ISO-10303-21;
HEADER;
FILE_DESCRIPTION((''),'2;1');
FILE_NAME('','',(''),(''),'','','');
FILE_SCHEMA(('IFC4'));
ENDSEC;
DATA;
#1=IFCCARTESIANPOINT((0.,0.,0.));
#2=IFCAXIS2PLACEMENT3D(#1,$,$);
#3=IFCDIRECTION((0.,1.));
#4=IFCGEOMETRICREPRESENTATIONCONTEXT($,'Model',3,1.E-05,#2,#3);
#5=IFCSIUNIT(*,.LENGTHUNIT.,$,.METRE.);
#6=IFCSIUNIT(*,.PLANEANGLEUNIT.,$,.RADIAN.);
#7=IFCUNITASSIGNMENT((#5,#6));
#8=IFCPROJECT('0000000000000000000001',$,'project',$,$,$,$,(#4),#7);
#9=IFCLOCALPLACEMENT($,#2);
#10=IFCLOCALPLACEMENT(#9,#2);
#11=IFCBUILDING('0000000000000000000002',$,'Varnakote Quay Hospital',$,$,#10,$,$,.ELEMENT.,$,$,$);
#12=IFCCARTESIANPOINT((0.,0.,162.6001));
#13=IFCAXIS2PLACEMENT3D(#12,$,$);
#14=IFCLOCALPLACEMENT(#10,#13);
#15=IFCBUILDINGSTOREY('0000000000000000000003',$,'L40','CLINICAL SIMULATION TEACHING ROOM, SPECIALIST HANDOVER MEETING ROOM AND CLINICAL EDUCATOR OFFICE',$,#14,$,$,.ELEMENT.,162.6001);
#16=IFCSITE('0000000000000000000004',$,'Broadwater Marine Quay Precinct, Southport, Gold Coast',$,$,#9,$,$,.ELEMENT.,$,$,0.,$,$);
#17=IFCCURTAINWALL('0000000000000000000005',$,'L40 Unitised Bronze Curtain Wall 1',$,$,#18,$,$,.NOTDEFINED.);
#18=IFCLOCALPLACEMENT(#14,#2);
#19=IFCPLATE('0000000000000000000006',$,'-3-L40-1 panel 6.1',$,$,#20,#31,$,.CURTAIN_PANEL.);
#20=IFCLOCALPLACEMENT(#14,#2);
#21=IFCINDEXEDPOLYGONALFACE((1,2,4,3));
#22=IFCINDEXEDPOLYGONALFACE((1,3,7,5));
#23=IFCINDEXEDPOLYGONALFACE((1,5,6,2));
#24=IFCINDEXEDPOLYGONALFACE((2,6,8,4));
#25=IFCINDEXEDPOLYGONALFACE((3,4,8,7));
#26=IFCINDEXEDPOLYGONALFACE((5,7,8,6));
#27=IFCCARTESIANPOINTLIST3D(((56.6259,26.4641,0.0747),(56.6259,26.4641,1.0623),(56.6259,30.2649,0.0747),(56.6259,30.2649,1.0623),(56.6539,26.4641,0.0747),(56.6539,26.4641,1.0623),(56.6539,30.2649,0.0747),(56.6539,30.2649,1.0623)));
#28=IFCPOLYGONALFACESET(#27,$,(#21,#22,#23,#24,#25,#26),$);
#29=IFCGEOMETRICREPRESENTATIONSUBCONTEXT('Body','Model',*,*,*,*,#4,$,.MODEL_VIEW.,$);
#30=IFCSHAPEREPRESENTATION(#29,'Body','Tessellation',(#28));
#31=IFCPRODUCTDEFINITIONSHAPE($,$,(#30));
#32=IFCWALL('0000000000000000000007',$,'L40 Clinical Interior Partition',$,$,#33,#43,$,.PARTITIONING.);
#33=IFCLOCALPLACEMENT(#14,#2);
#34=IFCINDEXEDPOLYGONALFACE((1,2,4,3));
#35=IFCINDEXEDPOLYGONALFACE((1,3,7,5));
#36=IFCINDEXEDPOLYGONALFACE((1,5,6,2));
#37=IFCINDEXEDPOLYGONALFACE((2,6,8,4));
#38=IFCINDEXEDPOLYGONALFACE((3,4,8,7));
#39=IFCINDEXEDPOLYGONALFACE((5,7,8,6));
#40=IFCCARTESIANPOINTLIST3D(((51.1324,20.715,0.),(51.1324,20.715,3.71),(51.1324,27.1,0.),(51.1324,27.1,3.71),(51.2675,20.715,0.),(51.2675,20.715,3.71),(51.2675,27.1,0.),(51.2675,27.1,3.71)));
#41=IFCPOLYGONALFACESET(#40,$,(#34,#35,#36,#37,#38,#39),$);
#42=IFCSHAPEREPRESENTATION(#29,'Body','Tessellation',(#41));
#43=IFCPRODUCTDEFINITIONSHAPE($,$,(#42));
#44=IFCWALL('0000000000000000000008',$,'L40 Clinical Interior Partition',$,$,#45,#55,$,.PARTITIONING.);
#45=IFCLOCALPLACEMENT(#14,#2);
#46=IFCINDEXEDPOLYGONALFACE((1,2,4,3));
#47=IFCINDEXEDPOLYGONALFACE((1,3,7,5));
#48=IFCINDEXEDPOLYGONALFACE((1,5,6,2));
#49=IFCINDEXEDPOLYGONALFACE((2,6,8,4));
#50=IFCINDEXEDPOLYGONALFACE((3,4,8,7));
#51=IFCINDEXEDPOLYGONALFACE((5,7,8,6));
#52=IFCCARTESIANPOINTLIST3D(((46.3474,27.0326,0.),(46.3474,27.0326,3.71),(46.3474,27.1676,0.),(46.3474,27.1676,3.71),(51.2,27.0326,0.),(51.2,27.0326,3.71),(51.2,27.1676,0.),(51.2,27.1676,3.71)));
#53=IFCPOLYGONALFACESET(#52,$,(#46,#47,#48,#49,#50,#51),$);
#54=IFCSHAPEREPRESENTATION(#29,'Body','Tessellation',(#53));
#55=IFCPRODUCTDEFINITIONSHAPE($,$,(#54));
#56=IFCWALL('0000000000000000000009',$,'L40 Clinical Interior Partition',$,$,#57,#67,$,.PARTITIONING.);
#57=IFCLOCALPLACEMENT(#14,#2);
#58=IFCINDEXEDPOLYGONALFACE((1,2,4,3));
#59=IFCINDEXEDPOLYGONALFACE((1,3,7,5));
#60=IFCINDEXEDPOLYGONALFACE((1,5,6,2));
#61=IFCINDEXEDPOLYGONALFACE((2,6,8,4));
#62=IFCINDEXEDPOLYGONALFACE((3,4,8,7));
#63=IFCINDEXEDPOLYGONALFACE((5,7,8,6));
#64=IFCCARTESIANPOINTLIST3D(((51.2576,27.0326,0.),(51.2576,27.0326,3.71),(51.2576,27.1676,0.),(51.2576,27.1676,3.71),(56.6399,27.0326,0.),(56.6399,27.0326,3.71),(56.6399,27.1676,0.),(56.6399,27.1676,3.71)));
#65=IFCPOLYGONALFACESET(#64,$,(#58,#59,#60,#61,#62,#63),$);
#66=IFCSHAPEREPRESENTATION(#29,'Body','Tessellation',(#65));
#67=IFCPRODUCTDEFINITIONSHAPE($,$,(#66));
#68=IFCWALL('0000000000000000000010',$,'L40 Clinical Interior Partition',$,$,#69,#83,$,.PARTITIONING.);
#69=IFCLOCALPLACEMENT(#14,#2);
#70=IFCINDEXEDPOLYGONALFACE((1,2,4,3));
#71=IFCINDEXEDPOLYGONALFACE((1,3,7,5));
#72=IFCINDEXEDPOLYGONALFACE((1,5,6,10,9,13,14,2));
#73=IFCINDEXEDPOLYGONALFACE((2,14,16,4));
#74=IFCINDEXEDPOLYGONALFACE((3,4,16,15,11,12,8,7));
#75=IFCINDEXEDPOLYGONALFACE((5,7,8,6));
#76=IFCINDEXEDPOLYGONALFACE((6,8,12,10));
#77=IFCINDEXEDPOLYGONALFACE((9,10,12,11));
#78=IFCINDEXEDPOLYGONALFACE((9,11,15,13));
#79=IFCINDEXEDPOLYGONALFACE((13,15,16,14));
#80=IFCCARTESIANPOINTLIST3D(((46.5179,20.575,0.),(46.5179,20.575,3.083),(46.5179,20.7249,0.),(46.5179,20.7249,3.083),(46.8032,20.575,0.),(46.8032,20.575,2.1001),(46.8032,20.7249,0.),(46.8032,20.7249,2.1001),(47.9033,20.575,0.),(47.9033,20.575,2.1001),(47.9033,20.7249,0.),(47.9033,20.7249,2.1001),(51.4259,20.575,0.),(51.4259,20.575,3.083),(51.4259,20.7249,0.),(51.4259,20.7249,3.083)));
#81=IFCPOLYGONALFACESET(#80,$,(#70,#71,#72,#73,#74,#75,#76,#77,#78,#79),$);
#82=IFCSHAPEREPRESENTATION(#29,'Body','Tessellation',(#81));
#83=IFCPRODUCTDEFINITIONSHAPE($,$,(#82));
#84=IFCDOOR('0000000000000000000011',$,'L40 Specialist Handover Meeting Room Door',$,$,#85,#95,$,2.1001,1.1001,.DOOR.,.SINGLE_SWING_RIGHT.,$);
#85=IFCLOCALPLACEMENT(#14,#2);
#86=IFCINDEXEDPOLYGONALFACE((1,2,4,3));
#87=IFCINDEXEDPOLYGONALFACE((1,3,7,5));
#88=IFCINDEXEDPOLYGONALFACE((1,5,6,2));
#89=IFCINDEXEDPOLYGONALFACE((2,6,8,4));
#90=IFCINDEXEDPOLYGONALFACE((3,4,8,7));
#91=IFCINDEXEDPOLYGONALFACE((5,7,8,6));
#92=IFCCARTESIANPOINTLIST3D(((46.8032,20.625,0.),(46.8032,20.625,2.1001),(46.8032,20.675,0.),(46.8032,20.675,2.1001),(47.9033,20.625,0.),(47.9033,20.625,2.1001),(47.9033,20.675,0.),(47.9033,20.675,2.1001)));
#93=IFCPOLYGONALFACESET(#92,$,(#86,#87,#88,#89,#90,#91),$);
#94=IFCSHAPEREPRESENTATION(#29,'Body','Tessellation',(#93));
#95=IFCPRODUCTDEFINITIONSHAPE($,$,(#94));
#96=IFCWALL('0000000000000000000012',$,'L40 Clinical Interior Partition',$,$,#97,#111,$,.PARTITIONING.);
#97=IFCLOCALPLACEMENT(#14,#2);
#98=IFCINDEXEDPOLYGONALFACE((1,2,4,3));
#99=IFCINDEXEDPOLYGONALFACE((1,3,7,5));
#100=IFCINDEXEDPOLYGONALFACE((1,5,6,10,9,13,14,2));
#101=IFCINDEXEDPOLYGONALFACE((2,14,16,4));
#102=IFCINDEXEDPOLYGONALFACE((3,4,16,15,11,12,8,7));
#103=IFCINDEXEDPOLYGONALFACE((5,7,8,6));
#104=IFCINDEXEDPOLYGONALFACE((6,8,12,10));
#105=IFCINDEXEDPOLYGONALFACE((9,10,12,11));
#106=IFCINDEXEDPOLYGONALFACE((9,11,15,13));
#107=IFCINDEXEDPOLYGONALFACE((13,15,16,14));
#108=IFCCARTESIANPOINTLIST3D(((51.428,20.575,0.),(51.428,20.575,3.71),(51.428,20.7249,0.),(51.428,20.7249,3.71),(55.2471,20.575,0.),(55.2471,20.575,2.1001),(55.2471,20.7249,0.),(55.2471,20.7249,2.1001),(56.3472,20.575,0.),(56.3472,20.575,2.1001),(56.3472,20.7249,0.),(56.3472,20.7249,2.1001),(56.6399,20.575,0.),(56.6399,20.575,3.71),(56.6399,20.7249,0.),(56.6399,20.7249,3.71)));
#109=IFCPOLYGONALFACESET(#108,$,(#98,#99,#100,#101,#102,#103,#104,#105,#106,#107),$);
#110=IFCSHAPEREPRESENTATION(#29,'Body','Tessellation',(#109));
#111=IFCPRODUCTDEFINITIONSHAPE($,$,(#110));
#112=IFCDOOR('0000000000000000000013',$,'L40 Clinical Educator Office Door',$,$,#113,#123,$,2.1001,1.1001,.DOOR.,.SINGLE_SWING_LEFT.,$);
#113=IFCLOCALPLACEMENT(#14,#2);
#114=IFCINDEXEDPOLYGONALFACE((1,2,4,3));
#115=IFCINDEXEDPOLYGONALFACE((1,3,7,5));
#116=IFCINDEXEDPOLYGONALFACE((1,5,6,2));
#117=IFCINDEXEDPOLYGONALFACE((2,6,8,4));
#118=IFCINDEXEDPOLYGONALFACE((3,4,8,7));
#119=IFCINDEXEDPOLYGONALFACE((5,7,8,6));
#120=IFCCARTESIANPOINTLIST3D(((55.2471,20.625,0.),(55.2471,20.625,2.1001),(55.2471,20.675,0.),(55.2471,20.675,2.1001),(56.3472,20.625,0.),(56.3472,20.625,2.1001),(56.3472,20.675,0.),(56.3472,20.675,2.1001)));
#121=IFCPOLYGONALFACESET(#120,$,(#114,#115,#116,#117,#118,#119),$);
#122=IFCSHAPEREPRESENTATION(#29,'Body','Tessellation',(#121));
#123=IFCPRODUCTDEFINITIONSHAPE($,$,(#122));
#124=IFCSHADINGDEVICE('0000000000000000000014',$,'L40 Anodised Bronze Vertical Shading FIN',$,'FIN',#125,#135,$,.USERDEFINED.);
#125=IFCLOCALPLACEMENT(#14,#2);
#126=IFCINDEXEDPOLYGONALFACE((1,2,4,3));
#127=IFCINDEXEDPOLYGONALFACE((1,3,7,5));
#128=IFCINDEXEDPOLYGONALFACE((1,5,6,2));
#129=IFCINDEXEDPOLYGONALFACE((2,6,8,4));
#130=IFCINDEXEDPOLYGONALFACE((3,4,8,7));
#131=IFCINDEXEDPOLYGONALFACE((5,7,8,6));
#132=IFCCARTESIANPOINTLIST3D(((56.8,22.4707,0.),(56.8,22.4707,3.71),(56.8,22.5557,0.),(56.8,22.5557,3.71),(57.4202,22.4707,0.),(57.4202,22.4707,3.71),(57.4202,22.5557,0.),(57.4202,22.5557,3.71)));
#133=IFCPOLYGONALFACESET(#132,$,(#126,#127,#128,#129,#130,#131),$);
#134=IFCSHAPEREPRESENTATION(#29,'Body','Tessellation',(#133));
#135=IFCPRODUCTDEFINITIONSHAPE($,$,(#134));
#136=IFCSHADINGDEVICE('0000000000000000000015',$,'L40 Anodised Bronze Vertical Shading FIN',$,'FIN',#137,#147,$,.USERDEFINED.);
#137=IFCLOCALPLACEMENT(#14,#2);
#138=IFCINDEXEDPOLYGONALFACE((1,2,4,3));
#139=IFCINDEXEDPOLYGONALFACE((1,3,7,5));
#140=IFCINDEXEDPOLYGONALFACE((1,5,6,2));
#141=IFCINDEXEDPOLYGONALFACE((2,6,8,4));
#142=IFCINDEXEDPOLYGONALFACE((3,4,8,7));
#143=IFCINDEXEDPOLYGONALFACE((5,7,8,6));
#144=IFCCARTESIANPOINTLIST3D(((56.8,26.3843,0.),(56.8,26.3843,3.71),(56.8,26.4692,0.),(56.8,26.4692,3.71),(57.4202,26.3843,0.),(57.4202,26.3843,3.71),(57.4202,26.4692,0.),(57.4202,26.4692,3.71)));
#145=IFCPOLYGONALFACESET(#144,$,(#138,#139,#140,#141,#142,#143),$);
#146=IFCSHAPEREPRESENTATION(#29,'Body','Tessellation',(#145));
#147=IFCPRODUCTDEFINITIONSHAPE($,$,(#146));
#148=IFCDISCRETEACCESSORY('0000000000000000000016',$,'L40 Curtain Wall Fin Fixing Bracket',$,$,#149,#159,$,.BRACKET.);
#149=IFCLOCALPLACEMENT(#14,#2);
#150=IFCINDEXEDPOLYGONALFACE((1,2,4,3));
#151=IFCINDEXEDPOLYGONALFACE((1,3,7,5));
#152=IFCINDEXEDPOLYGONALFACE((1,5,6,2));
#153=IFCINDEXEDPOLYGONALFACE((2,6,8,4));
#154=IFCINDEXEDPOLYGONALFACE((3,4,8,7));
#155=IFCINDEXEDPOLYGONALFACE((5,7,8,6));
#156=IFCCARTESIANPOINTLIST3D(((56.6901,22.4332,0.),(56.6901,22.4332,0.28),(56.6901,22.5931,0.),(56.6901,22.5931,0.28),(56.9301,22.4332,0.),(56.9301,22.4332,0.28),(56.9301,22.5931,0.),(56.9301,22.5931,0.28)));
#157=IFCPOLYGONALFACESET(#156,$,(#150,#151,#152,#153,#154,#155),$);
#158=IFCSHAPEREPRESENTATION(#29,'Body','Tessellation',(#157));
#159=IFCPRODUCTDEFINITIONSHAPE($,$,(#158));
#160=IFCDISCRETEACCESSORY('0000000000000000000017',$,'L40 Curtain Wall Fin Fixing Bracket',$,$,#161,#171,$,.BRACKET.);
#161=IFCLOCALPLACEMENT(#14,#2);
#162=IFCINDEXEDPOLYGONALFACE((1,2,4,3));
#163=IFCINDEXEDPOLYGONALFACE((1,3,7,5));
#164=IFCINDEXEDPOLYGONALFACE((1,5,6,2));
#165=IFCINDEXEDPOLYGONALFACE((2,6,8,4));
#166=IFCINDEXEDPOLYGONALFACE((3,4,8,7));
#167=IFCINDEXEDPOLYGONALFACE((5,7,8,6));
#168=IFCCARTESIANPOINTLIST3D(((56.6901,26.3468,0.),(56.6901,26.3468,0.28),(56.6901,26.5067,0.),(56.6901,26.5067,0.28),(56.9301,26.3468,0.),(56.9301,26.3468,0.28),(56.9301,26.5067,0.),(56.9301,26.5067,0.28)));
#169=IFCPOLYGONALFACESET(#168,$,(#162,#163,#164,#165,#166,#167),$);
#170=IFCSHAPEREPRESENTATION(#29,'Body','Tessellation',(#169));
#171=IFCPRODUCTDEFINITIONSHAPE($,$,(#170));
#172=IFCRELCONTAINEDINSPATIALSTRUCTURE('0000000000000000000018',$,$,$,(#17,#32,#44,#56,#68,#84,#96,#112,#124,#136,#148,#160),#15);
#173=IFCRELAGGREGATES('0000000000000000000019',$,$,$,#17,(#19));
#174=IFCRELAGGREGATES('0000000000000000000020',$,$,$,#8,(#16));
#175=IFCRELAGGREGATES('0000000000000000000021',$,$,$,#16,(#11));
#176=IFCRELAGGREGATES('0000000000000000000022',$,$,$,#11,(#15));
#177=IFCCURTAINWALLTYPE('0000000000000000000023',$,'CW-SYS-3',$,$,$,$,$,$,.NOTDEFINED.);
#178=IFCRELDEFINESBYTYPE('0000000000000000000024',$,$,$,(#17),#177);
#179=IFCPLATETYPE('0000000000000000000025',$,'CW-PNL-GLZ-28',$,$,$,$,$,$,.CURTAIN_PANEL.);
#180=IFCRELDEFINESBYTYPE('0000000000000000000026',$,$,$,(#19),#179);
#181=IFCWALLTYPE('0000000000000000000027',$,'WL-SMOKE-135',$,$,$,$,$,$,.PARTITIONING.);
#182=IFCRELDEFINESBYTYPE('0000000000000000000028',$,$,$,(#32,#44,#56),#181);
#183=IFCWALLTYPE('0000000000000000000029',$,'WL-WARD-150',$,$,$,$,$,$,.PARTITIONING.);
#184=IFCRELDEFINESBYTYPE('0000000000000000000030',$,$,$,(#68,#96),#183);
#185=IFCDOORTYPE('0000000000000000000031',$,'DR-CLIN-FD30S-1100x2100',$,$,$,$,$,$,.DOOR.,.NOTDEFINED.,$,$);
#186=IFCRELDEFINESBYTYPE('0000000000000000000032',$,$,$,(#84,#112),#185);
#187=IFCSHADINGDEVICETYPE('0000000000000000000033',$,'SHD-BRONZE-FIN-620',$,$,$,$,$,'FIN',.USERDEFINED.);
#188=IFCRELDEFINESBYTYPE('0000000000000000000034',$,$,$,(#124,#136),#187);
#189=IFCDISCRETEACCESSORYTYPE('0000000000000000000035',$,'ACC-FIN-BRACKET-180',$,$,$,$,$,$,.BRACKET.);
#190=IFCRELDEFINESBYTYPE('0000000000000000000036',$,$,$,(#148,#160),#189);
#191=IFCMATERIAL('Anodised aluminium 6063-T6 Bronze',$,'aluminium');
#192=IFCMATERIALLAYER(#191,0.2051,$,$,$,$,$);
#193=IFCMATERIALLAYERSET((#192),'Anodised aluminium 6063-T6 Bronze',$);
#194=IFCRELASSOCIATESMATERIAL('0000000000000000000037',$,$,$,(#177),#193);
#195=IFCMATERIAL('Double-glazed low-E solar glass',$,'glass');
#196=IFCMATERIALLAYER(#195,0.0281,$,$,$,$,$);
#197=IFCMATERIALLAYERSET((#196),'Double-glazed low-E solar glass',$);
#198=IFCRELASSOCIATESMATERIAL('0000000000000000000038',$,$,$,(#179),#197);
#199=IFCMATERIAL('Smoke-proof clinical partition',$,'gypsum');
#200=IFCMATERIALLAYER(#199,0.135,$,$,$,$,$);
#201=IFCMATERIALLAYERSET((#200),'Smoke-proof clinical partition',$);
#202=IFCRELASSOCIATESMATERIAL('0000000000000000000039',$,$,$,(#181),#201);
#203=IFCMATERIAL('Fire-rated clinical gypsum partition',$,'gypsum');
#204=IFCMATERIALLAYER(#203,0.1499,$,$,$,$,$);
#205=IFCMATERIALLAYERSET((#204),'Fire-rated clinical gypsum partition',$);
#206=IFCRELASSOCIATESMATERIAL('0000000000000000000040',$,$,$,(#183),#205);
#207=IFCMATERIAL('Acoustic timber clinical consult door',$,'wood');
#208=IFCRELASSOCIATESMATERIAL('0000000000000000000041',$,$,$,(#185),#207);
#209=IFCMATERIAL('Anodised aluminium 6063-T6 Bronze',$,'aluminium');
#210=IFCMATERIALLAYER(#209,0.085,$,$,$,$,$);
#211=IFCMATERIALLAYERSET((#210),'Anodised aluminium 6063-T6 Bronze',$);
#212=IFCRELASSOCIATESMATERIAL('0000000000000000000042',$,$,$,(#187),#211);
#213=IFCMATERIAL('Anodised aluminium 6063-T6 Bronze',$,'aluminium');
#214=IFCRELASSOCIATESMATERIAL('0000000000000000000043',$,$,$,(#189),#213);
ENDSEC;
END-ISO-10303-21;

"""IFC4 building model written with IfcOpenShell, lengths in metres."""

from ifc_helpers import new_model, si_unit, direction, frame, frame_2d, origin, origin_2d, place, context, subcontext, project, spatial, rectangle, extrude, material, layer, layer_set, type_object, element, fill, aggregate, save


model = new_model("IFC4")

# Units and contexts
model_context = context("Model", 3, precision=1e-05, world=origin(), true_north=direction((0.0, 1.0)))
body_context = subcontext(model_context, "Body", "Model", "MODEL_VIEW")
ifc_project = project(units=[si_unit("LENGTHUNIT", "METRE"), si_unit("PLANEANGLEUNIT", "RADIAN")], contexts=[model_context])

# Site, building, storey
site_placement = place(None, origin())
site = spatial("IfcSite", under=ifc_project, at=site_placement, Name="Broadwater Marine Quay Precinct, Southport, Gold Coast", CompositionType="ELEMENT", RefElevation=0.0)
building_placement = place(site_placement, origin())
building = spatial("IfcBuilding", under=site, at=building_placement, Name="Varnakote Quay Hospital", CompositionType="ELEMENT")
storey_placement = place(building_placement, frame((0.0, 0.0, 162.6001)))
storey = spatial("IfcBuildingStorey", under=building, at=storey_placement, Name="L40", Description="CLINICAL SIMULATION TEACHING ROOM, SPECIALIST HANDOVER MEETING ROOM AND CLINICAL EDUCATOR OFFICE", CompositionType="ELEMENT", Elevation=162.6001)

# Curtain wall, plate
ifc_material_1 = material(Name="Anodised aluminium 6063-T6 Bronze", Category="aluminium")
ifc_layer_1 = layer(ifc_material_1, 0.2051)
ifc_layer_set_1 = layer_set([ifc_layer_1], Name="Anodised aluminium 6063-T6 Bronze")
curtain_wall_type = type_object("IfcCurtainWallType", Name="CW-SYS-3", PredefinedType="NOTDEFINED", material=ifc_layer_set_1)
curtain_wall_placement = place(storey_placement, origin())
curtain_wall = element("IfcCurtainWall", 1, at=curtain_wall_placement, inside=storey, type_object=curtain_wall_type, Name="L40 Unitised Bronze Curtain Wall 1", PredefinedType="NOTDEFINED")
ifc_material_2 = material(Name="Double-glazed low-E solar glass", Category="glass")
ifc_layer_2 = layer(ifc_material_2, 0.0281)
ifc_layer_set_2 = layer_set([ifc_layer_2], Name="Double-glazed low-E solar glass")
plate_type = type_object("IfcPlateType", Name="CW-PNL-GLZ-28", PredefinedType="CURTAIN_PANEL", material=ifc_layer_set_2)
plate_1_placement = place(storey_placement, frame((56.6399, 28.3645, 0.0747), z_axis=(0.0, 0.0, 1.0), x_axis=(0.0, 1.0, 0.0)))
plate_1 = element("IfcPlate", 2, at=plate_1_placement, type_object=plate_type, Name="-3-L40-1 panel 6.1", PredefinedType="CURTAIN_PANEL", context=body_context, shape_type="SweptSolid", body=[
    extrude(rectangle(XDim=3.8008, YDim=0.0281, at=origin_2d()), origin(), (0.0, 0.0, 1.0), 0.9875),
])
aggregate(curtain_wall, [plate_1])

# Walls
ifc_material_3 = material(Name="Smoke-proof clinical partition", Category="gypsum")
ifc_layer_3 = layer(ifc_material_3, 0.135)
ifc_layer_set_3 = layer_set([ifc_layer_3], Name="Smoke-proof clinical partition")
wall_type_1 = type_object("IfcWallType", Name="WL-SMOKE-135", PredefinedType="PARTITIONING", material=ifc_layer_set_3)
wall_1_placement = place(storey_placement, frame((51.2, 20.7151, 0.0), z_axis=(0.0, 0.0, 1.0), x_axis=(0.0, 1.0, 0.0)))
element("IfcWall", 3, at=wall_1_placement, inside=storey, type_object=wall_type_1, Name="L40 Clinical Interior Partition", PredefinedType="PARTITIONING", context=body_context, shape_type="SweptSolid", body=[
    extrude(rectangle(XDim=6.385, YDim=0.135, at=frame_2d((3.1924, 0.0))), origin(), (0.0, 0.0, 1.0), 3.71),
])
wall_2_placement = place(storey_placement, frame((51.2, 27.1001, 0.0), z_axis=(0.0, 0.0, 1.0), x_axis=(-1.0, 0.0, 0.0)))
element("IfcWall", 4, at=wall_2_placement, inside=storey, type_object=wall_type_1, Name="L40 Clinical Interior Partition", PredefinedType="PARTITIONING", context=body_context, shape_type="SweptSolid", body=[
    extrude(rectangle(XDim=4.8525, YDim=0.135, at=frame_2d((2.4263, 0.0))), origin(), (0.0, 0.0, 1.0), 3.71),
])
wall_3_placement = place(storey_placement, frame((56.6399, 27.1001, 0.0), z_axis=(0.0, 0.0, 1.0), x_axis=(-1.0, 0.0, 0.0)))
element("IfcWall", 5, at=wall_3_placement, inside=storey, type_object=wall_type_1, Name="L40 Clinical Interior Partition", PredefinedType="PARTITIONING", context=body_context, shape_type="SweptSolid", body=[
    extrude(rectangle(XDim=5.3823, YDim=0.135, at=frame_2d((2.6912, 0.0))), origin(), (0.0, 0.0, 1.0), 3.71),
])

# Walls, openings, doors
ifc_material_4 = material(Name="Fire-rated clinical gypsum partition", Category="gypsum")
ifc_layer_4 = layer(ifc_material_4, 0.1499)
ifc_layer_set_4 = layer_set([ifc_layer_4], Name="Fire-rated clinical gypsum partition")
wall_type_2 = type_object("IfcWallType", Name="WL-WARD-150", PredefinedType="PARTITIONING", material=ifc_layer_set_4)
wall_4_placement = place(storey_placement, frame((51.426, 20.6499, 0.0), z_axis=(0.0, 0.0, 1.0), x_axis=(-1.0, 0.0, 0.0)))
wall_4 = element("IfcWall", 6, at=wall_4_placement, inside=storey, type_object=wall_type_2, Name="L40 Clinical Interior Partition", PredefinedType="PARTITIONING", context=body_context, shape_type="SweptSolid", body=[
    extrude(rectangle(XDim=4.908, YDim=0.1499, at=frame_2d((2.4541, 0.0))), origin(), (0.0, 0.0, 1.0), 3.083),
])
opening_1_placement = place(wall_4_placement, frame((3.5227, 0.0, 0.0)))
opening_1 = element("IfcOpeningElement", 7, at=opening_1_placement, cuts=wall_4, PredefinedType="OPENING", context=body_context, shape_type="SweptSolid", body=[
    extrude(rectangle(XDim=1.1001, YDim=2.1001, at=frame_2d((0.55, 1.05))), frame((0.0, 0.085, 0.0), z_axis=(0.0, -1.0, 0.0), x_axis=(1.0, 0.0, 0.0)), (0.0, 0.0, 1.0), 0.1699),
])
ifc_material_5 = material(Name="Acoustic timber clinical consult door", Category="wood")
door_type = type_object("IfcDoorType", Name="DR-CLIN-FD30S-1100x2100", OperationType="NOTDEFINED", PredefinedType="DOOR", material=ifc_material_5)
door_1_placement = place(opening_1_placement, origin())
door_1 = element("IfcDoor", 8, at=door_1_placement, inside=storey, type_object=door_type, Name="L40 Specialist Handover Meeting Room Door", OperationType="SINGLE_SWING_RIGHT", OverallHeight=2.1001, OverallWidth=1.1001, PredefinedType="DOOR", context=body_context, shape_type="SweptSolid", body=[
    extrude(rectangle(XDim=1.1001, YDim=2.1001, at=frame_2d((0.55, 1.05))), frame((0.0, 0.0249, 0.0), z_axis=(0.0, -1.0, 0.0), x_axis=(1.0, 0.0, 0.0)), (0.0, 0.0, 1.0), 0.05),
])
fill(opening_1, door_1)
wall_5_placement = place(storey_placement, frame((56.6399, 20.6499, 0.0), z_axis=(0.0, 0.0, 1.0), x_axis=(-1.0, 0.0, 0.0)))
wall_5 = element("IfcWall", 9, at=wall_5_placement, inside=storey, type_object=wall_type_2, Name="L40 Clinical Interior Partition", PredefinedType="PARTITIONING", context=body_context, shape_type="SweptSolid", body=[
    extrude(rectangle(XDim=5.2119, YDim=0.1499, at=frame_2d((2.606, 0.0))), origin(), (0.0, 0.0, 1.0), 3.71),
])
opening_2_placement = place(wall_5_placement, frame((0.2927, 0.0, 0.0)))
opening_2 = element("IfcOpeningElement", 10, at=opening_2_placement, cuts=wall_5, PredefinedType="OPENING", context=body_context, shape_type="SweptSolid", body=[
    extrude(rectangle(XDim=1.1001, YDim=2.1001, at=frame_2d((0.55, 1.05))), frame((0.0, 0.085, 0.0), z_axis=(0.0, -1.0, 0.0), x_axis=(1.0, 0.0, 0.0)), (0.0, 0.0, 1.0), 0.1699),
])
door_2_placement = place(opening_2_placement, origin())
door_2 = element("IfcDoor", 11, at=door_2_placement, inside=storey, type_object=door_type, Name="L40 Clinical Educator Office Door", OperationType="SINGLE_SWING_LEFT", OverallHeight=2.1001, OverallWidth=1.1001, PredefinedType="DOOR", context=body_context, shape_type="SweptSolid", body=[
    extrude(rectangle(XDim=1.1001, YDim=2.1001, at=frame_2d((0.55, 1.05))), frame((0.0, 0.0249, 0.0), z_axis=(0.0, -1.0, 0.0), x_axis=(1.0, 0.0, 0.0)), (0.0, 0.0, 1.0), 0.05),
])
fill(opening_2, door_2)

# Shading devices
ifc_material_6 = material(Name="Anodised aluminium 6063-T6 Bronze", Category="aluminium")
ifc_layer_5 = layer(ifc_material_6, 0.085)
ifc_layer_set_5 = layer_set([ifc_layer_5], Name="Anodised aluminium 6063-T6 Bronze")
shading_device_type = type_object("IfcShadingDeviceType", Name="SHD-BRONZE-FIN-620", ElementType="FIN", PredefinedType="USERDEFINED", material=ifc_layer_set_5)
for number, where, z_axis, x_axis, name in (
    (12, (57.1101, 22.5132, 0.0), (0.0, 0.0, 1.0), (-1.0, 0.0, 0.0), "L40 Anodised Bronze Vertical Shading FIN"),
    (13, (57.1101, 26.4268, 0.0), (0.0, 0.0, 1.0), (-1.0, 0.0, 0.0), "L40 Anodised Bronze Vertical Shading FIN"),
):
    element("IfcShadingDevice", number, at=place(storey_placement, frame(where, z_axis=z_axis, x_axis=x_axis)), inside=storey, type_object=shading_device_type, Name=name, ObjectType="FIN", PredefinedType="USERDEFINED", context=body_context, shape_type="SweptSolid", body=[
        extrude(rectangle(XDim=0.6201, YDim=0.085, at=origin_2d()), origin(), (0.0, 0.0, 1.0), 3.71),
    ])

# Discrete accessories
ifc_material_7 = material(Name="Anodised aluminium 6063-T6 Bronze", Category="aluminium")
discrete_accessory_type = type_object("IfcDiscreteAccessoryType", Name="ACC-FIN-BRACKET-180", PredefinedType="BRACKET", material=ifc_material_7)
for number, where, z_axis, x_axis, name in (
    (14, (56.8101, 22.5132, 0.0), (0.0, 0.0, 1.0), (0.0, 1.0, 0.0), "L40 Curtain Wall Fin Fixing Bracket"),
    (15, (56.8101, 26.4268, 0.0), (0.0, 0.0, 1.0), (0.0, 1.0, 0.0), "L40 Curtain Wall Fin Fixing Bracket"),
):
    element("IfcDiscreteAccessory", number, at=place(storey_placement, frame(where, z_axis=z_axis, x_axis=x_axis)), inside=storey, type_object=discrete_accessory_type, Name=name, PredefinedType="BRACKET", context=body_context, shape_type="SweptSolid", body=[
        extrude(rectangle(XDim=0.1599, YDim=0.24, at=origin_2d()), origin(), (0.0, 0.0, 1.0), 0.28),
    ])

save(model, "model.ifc")
